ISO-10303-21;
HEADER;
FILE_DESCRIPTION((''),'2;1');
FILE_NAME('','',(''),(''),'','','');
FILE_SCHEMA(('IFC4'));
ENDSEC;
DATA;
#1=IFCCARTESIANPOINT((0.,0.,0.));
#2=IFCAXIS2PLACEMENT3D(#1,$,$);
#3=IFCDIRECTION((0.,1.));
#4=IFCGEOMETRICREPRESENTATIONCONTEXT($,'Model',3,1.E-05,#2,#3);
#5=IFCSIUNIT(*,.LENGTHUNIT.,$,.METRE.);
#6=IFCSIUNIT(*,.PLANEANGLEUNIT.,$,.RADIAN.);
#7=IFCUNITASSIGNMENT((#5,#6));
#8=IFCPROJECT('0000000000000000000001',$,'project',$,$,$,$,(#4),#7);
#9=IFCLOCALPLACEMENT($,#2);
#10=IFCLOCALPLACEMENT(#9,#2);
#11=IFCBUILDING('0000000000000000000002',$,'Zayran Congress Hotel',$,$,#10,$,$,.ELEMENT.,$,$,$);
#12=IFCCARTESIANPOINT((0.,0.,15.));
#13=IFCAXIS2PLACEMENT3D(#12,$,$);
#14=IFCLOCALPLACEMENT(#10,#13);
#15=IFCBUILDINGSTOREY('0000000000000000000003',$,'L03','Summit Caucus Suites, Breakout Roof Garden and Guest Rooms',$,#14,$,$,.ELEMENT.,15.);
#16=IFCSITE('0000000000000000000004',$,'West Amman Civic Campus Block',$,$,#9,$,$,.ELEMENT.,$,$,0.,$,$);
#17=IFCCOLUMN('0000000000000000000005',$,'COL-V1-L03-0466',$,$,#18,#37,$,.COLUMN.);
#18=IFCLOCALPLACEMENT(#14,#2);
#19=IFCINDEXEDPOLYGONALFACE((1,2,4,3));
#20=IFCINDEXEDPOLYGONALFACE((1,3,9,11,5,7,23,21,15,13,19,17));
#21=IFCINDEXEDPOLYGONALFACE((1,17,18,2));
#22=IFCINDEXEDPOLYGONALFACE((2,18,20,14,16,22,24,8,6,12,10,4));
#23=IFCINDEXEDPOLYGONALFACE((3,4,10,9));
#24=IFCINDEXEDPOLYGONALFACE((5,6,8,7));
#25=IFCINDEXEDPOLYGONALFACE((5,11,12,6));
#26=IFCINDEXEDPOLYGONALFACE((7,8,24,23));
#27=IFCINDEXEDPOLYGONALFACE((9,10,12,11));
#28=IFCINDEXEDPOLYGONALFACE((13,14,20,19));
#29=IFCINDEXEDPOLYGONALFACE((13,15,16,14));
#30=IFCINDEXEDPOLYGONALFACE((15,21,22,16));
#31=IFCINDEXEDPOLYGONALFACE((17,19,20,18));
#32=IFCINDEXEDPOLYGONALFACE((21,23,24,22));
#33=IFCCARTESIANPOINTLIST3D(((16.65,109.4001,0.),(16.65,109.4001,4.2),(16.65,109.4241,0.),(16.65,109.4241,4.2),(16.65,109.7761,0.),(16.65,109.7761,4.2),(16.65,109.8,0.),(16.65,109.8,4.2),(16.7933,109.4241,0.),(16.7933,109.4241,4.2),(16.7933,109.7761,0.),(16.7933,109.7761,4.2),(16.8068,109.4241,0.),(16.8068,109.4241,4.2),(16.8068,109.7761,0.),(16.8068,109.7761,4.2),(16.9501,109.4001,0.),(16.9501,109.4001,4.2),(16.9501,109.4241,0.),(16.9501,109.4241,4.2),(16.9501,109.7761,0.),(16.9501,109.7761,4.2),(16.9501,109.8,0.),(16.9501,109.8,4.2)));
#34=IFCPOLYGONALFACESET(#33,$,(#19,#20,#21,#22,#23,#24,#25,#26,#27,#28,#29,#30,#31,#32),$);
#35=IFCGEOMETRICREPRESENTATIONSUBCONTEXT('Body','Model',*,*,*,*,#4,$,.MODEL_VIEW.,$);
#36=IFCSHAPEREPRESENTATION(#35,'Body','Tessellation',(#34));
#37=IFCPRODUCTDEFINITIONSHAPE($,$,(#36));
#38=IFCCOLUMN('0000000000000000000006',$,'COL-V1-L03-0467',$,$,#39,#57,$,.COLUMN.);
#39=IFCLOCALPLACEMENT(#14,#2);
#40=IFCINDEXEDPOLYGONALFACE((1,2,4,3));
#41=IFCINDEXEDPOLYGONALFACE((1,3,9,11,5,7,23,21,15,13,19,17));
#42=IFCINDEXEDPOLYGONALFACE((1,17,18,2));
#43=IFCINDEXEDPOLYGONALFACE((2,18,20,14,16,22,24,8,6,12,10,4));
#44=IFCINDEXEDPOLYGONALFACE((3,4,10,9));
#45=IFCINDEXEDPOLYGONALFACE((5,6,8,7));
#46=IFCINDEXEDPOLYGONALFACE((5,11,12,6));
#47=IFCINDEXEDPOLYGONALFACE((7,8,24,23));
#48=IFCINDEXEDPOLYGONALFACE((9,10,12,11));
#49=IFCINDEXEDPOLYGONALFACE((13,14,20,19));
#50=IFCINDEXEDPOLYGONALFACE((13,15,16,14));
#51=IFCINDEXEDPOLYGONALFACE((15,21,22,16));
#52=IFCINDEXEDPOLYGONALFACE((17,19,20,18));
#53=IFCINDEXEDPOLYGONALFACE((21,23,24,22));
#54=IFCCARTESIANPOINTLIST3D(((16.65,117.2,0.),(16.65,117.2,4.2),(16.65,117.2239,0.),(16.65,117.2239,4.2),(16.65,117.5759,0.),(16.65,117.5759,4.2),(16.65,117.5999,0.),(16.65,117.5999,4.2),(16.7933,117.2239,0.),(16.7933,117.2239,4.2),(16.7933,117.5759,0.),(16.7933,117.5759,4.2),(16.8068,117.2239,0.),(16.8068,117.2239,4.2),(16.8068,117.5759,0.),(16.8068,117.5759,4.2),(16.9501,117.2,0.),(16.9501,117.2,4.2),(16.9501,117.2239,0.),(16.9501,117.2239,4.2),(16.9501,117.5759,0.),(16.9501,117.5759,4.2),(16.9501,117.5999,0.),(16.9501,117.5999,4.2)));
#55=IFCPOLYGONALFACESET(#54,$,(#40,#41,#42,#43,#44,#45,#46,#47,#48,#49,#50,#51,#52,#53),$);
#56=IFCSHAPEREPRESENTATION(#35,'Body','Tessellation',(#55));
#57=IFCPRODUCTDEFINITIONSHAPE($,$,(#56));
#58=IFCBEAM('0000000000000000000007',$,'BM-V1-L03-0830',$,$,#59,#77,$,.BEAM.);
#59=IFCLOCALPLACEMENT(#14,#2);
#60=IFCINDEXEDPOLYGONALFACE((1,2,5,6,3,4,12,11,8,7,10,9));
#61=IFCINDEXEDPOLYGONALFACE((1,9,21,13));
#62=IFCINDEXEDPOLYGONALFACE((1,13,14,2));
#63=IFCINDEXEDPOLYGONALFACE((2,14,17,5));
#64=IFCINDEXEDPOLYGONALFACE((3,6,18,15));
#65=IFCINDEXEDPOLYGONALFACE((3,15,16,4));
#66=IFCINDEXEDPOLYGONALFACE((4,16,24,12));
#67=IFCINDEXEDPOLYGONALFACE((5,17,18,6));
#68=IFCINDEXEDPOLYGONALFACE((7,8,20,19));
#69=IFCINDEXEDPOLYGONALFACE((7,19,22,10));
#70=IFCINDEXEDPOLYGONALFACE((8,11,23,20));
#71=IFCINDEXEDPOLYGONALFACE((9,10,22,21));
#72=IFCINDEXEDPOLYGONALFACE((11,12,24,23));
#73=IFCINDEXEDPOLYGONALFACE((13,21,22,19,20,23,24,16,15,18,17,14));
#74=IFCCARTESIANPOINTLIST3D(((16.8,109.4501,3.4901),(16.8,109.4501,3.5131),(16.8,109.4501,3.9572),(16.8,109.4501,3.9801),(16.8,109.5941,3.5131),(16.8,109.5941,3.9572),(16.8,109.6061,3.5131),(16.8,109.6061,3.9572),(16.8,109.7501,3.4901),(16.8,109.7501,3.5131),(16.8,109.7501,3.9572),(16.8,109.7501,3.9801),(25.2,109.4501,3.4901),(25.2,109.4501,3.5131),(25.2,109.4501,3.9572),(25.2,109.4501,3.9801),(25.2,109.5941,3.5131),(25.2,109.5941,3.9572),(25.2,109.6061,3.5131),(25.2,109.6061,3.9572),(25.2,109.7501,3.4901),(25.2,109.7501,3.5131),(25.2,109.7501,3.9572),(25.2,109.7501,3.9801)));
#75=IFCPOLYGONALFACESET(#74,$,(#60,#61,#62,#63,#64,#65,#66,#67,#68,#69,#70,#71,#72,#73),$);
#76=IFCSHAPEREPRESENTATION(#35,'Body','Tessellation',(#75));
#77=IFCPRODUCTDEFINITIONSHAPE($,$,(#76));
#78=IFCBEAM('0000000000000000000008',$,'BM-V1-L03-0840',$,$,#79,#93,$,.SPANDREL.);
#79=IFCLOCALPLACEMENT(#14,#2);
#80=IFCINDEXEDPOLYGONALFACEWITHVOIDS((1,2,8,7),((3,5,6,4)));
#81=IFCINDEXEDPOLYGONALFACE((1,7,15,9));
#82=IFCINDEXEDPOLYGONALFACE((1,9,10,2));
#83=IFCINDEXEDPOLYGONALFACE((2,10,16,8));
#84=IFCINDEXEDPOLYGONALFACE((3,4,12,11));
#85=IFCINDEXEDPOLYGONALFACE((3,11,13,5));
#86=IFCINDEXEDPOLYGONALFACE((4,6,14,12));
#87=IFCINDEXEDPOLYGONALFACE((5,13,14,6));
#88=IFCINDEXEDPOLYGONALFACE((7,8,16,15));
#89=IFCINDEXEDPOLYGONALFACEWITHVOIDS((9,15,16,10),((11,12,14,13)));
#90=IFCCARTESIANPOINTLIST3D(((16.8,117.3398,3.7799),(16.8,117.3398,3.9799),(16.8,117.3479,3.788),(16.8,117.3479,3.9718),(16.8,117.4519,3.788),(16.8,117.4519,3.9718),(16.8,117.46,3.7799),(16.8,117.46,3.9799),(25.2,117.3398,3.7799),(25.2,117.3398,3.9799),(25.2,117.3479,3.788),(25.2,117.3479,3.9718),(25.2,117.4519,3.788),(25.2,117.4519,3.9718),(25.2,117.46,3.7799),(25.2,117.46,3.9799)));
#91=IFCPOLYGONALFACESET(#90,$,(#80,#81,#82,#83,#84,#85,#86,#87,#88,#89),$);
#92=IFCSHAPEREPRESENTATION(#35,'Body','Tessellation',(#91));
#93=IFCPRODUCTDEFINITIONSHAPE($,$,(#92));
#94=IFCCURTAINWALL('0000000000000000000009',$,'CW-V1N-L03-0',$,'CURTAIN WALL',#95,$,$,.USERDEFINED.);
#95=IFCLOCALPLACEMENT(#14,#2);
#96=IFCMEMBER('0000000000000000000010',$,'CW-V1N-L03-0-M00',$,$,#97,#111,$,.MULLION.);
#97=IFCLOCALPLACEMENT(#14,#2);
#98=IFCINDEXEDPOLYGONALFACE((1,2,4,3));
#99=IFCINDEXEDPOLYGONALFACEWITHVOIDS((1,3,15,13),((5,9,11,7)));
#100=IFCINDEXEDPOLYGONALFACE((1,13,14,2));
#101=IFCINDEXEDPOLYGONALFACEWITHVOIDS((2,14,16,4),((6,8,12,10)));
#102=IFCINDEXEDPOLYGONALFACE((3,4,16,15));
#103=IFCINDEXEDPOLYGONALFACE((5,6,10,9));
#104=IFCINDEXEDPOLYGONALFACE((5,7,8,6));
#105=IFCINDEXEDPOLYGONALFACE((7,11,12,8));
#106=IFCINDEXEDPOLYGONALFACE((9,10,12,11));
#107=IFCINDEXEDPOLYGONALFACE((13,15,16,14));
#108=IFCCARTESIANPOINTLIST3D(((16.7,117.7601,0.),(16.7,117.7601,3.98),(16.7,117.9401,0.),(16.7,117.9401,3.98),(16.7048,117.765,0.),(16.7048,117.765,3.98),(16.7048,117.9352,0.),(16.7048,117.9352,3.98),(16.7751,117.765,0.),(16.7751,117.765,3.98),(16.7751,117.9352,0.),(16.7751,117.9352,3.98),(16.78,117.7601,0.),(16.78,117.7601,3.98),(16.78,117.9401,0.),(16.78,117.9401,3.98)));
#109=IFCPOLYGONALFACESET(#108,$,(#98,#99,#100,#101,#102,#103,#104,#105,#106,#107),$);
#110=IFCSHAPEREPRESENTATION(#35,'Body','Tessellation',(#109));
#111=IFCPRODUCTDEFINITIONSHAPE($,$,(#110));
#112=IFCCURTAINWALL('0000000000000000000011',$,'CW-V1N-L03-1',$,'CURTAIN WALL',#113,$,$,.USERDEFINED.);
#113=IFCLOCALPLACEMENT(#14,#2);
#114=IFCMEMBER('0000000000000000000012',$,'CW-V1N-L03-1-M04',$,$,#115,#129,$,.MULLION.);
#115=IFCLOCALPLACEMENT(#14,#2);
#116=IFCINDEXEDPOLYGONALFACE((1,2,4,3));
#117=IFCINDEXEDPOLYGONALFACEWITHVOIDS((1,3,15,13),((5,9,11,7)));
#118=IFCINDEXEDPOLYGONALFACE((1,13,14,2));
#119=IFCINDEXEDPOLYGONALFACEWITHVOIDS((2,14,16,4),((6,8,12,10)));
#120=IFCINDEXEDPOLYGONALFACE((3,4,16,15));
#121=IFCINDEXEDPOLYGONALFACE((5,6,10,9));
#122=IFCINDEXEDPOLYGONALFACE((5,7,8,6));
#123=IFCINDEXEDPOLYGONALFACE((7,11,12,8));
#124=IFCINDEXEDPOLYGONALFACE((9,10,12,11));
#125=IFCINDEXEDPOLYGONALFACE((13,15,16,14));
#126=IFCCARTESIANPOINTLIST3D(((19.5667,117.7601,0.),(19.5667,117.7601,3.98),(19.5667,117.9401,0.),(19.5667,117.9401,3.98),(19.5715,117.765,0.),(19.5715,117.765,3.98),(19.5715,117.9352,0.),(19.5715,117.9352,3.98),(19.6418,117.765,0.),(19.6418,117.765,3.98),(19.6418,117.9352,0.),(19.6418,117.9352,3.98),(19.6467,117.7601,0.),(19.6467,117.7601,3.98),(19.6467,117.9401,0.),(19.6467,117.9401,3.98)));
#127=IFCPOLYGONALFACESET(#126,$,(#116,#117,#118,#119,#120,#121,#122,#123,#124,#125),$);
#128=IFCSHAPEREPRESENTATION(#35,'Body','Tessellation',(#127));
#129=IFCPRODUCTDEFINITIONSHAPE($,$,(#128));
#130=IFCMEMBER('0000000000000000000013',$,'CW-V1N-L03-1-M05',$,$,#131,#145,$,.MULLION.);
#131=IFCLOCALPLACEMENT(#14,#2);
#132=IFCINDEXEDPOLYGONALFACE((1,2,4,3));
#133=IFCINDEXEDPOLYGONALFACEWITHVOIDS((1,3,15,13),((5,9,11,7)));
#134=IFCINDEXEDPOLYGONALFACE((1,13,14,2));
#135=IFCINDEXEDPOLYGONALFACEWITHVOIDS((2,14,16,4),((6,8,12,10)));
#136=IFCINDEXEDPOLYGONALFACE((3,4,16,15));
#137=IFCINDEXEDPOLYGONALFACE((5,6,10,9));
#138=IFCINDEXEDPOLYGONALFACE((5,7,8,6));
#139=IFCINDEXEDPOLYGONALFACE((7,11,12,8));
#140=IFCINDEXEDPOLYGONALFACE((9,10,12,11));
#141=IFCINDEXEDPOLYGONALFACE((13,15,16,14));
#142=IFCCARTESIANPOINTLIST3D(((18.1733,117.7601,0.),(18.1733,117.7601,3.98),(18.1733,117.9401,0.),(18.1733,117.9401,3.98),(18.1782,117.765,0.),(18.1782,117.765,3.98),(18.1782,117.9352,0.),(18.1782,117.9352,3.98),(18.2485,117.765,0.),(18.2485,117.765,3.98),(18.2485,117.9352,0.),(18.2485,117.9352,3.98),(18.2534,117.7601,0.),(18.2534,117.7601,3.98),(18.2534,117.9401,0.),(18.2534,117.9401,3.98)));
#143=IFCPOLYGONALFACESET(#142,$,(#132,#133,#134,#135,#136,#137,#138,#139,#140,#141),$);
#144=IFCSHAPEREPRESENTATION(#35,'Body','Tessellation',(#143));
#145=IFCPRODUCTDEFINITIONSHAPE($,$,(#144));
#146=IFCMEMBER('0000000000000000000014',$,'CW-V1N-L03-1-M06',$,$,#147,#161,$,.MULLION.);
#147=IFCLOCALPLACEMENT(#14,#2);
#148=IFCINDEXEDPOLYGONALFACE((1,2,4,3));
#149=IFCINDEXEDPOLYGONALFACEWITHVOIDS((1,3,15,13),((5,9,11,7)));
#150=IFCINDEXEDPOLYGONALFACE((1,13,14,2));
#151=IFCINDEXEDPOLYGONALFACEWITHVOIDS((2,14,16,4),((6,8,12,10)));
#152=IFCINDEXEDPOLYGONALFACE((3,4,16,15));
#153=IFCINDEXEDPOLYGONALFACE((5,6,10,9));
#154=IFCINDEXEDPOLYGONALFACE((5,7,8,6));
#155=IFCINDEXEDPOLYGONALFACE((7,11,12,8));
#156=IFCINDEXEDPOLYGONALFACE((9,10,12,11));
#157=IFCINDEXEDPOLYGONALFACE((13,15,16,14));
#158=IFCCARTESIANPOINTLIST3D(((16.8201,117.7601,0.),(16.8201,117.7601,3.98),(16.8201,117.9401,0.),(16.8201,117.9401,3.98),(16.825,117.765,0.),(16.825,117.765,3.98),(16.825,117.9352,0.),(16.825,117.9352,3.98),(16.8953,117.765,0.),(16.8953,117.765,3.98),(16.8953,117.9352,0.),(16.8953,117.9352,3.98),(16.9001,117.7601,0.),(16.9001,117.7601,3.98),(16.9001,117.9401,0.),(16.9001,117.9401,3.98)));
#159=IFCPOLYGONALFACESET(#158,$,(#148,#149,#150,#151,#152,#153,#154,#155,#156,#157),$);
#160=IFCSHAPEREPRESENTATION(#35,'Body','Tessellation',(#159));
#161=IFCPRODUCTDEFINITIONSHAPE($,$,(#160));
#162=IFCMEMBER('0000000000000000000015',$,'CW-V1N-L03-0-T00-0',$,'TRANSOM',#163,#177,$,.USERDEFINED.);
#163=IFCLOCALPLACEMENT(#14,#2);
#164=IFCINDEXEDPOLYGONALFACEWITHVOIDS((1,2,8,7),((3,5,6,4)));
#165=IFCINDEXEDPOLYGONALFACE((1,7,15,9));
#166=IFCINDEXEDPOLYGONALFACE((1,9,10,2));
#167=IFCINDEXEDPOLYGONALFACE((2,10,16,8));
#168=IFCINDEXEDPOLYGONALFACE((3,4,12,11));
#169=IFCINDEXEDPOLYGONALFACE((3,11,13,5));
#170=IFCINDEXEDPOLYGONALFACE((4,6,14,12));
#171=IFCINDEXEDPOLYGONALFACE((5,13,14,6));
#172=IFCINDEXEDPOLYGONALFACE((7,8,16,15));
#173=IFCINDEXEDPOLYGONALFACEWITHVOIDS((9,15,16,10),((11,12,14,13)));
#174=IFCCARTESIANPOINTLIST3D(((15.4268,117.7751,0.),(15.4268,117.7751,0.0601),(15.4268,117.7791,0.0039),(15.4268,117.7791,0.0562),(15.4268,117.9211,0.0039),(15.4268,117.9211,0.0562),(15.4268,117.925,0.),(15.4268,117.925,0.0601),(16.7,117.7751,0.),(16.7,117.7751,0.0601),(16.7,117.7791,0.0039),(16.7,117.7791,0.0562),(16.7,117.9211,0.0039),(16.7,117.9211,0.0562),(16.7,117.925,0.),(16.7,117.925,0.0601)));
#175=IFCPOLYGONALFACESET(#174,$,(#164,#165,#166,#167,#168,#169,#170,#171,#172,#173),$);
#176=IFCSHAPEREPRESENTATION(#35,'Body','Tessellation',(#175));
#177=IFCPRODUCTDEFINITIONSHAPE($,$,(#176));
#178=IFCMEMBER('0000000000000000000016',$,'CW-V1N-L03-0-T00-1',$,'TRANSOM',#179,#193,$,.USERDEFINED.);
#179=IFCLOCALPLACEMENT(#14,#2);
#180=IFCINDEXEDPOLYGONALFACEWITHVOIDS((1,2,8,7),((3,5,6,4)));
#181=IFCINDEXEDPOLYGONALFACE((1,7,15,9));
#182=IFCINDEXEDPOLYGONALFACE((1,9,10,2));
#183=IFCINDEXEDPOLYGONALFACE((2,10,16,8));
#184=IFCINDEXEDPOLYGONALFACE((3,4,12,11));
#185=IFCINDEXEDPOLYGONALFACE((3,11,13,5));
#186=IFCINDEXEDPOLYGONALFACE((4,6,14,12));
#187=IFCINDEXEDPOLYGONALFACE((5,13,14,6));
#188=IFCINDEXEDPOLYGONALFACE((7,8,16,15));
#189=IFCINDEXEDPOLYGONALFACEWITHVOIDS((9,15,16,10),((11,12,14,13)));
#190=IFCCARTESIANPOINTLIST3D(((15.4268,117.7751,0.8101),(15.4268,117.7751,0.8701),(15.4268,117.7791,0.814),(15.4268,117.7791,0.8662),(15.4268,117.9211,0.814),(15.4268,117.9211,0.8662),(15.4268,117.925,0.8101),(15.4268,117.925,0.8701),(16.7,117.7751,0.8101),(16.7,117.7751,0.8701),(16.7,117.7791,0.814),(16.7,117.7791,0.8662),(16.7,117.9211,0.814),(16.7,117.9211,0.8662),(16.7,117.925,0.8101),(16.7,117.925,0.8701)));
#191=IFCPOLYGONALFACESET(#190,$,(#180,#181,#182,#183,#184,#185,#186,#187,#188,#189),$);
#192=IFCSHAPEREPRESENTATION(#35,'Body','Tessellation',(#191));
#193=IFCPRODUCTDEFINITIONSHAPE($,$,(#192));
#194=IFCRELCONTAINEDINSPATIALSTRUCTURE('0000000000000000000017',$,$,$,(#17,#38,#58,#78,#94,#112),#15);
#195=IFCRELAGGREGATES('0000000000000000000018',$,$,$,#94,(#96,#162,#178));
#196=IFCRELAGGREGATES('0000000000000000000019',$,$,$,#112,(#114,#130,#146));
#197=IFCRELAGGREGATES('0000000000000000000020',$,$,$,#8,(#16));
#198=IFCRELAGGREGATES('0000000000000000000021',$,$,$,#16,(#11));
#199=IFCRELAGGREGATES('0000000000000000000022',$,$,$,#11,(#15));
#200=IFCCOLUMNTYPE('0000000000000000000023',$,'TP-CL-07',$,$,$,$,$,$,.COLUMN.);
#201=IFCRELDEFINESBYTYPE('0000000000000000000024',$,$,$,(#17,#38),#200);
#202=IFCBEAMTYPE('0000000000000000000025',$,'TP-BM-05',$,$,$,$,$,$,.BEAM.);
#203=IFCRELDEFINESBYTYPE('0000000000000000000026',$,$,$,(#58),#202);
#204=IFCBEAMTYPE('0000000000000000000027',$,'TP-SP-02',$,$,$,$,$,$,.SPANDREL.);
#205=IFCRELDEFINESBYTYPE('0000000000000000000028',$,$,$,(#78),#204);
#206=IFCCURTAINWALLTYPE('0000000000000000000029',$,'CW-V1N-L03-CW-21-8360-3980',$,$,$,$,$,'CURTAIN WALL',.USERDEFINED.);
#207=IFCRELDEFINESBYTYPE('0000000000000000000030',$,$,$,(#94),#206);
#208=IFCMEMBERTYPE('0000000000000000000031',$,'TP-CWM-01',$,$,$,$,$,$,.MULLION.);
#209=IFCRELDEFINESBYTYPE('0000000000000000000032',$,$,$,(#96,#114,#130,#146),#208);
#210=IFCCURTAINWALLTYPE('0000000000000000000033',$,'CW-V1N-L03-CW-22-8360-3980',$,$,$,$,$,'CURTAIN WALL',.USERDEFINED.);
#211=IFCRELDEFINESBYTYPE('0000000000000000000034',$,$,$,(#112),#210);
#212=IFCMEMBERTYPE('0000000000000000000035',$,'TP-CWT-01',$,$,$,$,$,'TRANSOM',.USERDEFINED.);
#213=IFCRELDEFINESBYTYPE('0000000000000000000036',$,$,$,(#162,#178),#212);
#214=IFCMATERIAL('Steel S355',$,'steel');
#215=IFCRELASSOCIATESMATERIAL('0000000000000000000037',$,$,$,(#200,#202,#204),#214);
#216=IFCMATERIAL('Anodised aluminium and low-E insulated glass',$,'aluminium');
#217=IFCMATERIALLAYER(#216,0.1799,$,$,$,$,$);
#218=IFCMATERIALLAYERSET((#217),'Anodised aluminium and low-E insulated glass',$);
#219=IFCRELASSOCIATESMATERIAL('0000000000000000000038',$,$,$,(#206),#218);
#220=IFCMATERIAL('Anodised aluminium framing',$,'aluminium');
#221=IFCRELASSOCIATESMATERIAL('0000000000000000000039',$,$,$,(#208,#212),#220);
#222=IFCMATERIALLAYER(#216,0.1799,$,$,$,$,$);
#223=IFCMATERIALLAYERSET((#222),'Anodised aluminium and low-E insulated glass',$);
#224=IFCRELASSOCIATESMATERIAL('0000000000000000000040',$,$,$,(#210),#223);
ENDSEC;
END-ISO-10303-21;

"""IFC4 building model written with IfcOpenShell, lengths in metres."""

from ifc_helpers import new_model, si_unit, direction, frame, origin, origin_2d, place, context, subcontext, project, spatial, hollow_rectangle, i_section, extrude, material, layer, layer_set, material_profile, profile_set, type_object, element, aggregate, save


model = new_model("IFC4")

# Units and contexts
model_context = context("Model", 3, precision=1e-05, world=origin(), true_north=direction((0.0, 1.0)))
body_context = subcontext(model_context, "Body", "Model", "MODEL_VIEW")
ifc_project = project(units=[si_unit("LENGTHUNIT", "METRE"), si_unit("PLANEANGLEUNIT", "RADIAN")], contexts=[model_context])

# Site, building, storey
site_placement = place(None, origin())
site = spatial("IfcSite", under=ifc_project, at=site_placement, Name="West Amman Civic Campus Block", CompositionType="ELEMENT", RefElevation=0.0)
building_placement = place(site_placement, origin())
building = spatial("IfcBuilding", under=site, at=building_placement, Name="Zayran Congress Hotel", CompositionType="ELEMENT")
storey_placement = place(building_placement, frame((0.0, 0.0, 15.0)))
storey = spatial("IfcBuildingStorey", under=building, at=storey_placement, Name="L03", Description="Summit Caucus Suites, Breakout Roof Garden and Guest Rooms", CompositionType="ELEMENT", Elevation=15.0)

# Columns
ifc_material_1 = material(Name="Steel S355", Category="steel")
ifc_material_profile_1 = material_profile(ifc_material_1, i_section(OverallWidth=0.3, OverallDepth=0.3999, WebThickness=0.0134, FlangeThickness=0.0239, at=origin_2d()), Name="HEB 400")
ifc_profile_set_1 = profile_set([ifc_material_profile_1], Name="Steel S355")
column_type = type_object("IfcColumnType", Name="TP-CL-07", PredefinedType="COLUMN", material=ifc_profile_set_1)
for number, where, z_axis, x_axis, name in (
    (1, (16.8, 109.6001, 0.0), (0.0, 0.0, 1.0), (1.0, 0.0, 0.0), "COL-V1-L03-0466"),
    (2, (16.8, 117.3999, 0.0), (0.0, 0.0, 1.0), (1.0, 0.0, 0.0), "COL-V1-L03-0467"),
):
    element("IfcColumn", number, at=place(storey_placement, frame(where, z_axis=z_axis, x_axis=x_axis)), inside=storey, type_object=column_type, Name=name, PredefinedType="COLUMN", context=body_context, shape_type="SweptSolid", body=[
        extrude(i_section(OverallWidth=0.3, OverallDepth=0.3999, WebThickness=0.0134, FlangeThickness=0.0239, at=origin_2d()), origin(), (0.0, 0.0, 1.0), 4.2),
    ])

# Beams
ifc_material_profile_2 = material_profile(ifc_material_1, i_section(OverallWidth=0.3, OverallDepth=0.49, WebThickness=0.012, FlangeThickness=0.0229, at=origin_2d()), Name="HEA 500")
ifc_profile_set_2 = profile_set([ifc_material_profile_2], Name="Steel S355")
beam_type_1 = type_object("IfcBeamType", Name="TP-BM-05", PredefinedType="BEAM", material=ifc_profile_set_2)
beam_1_placement = place(storey_placement, frame((16.8, 109.6001, 3.7351), z_axis=(1.0, 0.0, 0.0), x_axis=(0.0, 1.0, 0.0)))
element("IfcBeam", 3, at=beam_1_placement, inside=storey, type_object=beam_type_1, Name="BM-V1-L03-0830", PredefinedType="BEAM", context=body_context, shape_type="SweptSolid", body=[
    extrude(i_section(OverallWidth=0.3, OverallDepth=0.49, WebThickness=0.012, FlangeThickness=0.0229, at=origin_2d()), origin(), (0.0, 0.0, 1.0), 8.3999),
])
ifc_material_profile_3 = material_profile(ifc_material_1, hollow_rectangle(XDim=0.1201, YDim=0.2, WallThickness=0.0081, at=origin_2d()), Name="RHS 200x120x8")
ifc_profile_set_3 = profile_set([ifc_material_profile_3], Name="Steel S355")
beam_type_2 = type_object("IfcBeamType", Name="TP-SP-02", PredefinedType="SPANDREL", material=ifc_profile_set_3)
beam_2_placement = place(storey_placement, frame((16.8, 117.3999, 3.8799), z_axis=(1.0, 0.0, 0.0), x_axis=(0.0, 1.0, 0.0)))
element("IfcBeam", 4, at=beam_2_placement, inside=storey, type_object=beam_type_2, Name="BM-V1-L03-0840", PredefinedType="SPANDREL", context=body_context, shape_type="SweptSolid", body=[
    extrude(hollow_rectangle(XDim=0.1201, YDim=0.2, WallThickness=0.0081, at=origin_2d()), origin(), (0.0, 0.0, 1.0), 8.3999),
])

# Curtain wall, member
ifc_material_2 = material(Name="Anodised aluminium and low-E insulated glass", Category="aluminium")
ifc_layer_1 = layer(ifc_material_2, 0.1799)
ifc_layer_set_1 = layer_set([ifc_layer_1], Name="Anodised aluminium and low-E insulated glass")
curtain_wall_type_1 = type_object("IfcCurtainWallType", Name="CW-V1N-L03-CW-21-8360-3980", ElementType="CURTAIN WALL", PredefinedType="USERDEFINED", material=ifc_layer_set_1)
curtain_wall_1_placement = place(storey_placement, origin())
curtain_wall_1 = element("IfcCurtainWall", 5, at=curtain_wall_1_placement, inside=storey, type_object=curtain_wall_type_1, Name="CW-V1N-L03-0", ObjectType="CURTAIN WALL", PredefinedType="USERDEFINED")
ifc_material_3 = material(Name="Anodised aluminium framing", Category="aluminium")
ifc_material_profile_4 = material_profile(ifc_material_3, hollow_rectangle(XDim=0.0801, YDim=0.1799, WallThickness=0.0049, at=origin_2d()), Name="RHS 180x80x5")
ifc_profile_set_4 = profile_set([ifc_material_profile_4], Name="Anodised aluminium framing")
member_type_1 = type_object("IfcMemberType", Name="TP-CWM-01", PredefinedType="MULLION", material=ifc_profile_set_4)
member_1_placement = place(storey_placement, frame((16.74, 117.8501, 0.0), z_axis=(0.0, 0.0, 1.0), x_axis=(1.0, 0.0, 0.0)))
member_1 = element("IfcMember", 6, at=member_1_placement, type_object=member_type_1, Name="CW-V1N-L03-0-M00", PredefinedType="MULLION", context=body_context, shape_type="SweptSolid", body=[
    extrude(hollow_rectangle(XDim=0.0801, YDim=0.1799, WallThickness=0.0049, at=origin_2d()), origin(), (0.0, 0.0, 1.0), 3.98),
])

# Curtain wall, members
ifc_layer_2 = layer(ifc_material_2, 0.1799)
ifc_layer_set_2 = layer_set([ifc_layer_2], Name="Anodised aluminium and low-E insulated glass")
curtain_wall_type_2 = type_object("IfcCurtainWallType", Name="CW-V1N-L03-CW-22-8360-3980", ElementType="CURTAIN WALL", PredefinedType="USERDEFINED", material=ifc_layer_set_2)
curtain_wall_2_placement = place(storey_placement, origin())
curtain_wall_2 = element("IfcCurtainWall", 7, at=curtain_wall_2_placement, inside=storey, type_object=curtain_wall_type_2, Name="CW-V1N-L03-1", ObjectType="CURTAIN WALL", PredefinedType="USERDEFINED")
member_2_placement = place(storey_placement, frame((19.6067, 117.8501, 0.0), z_axis=(0.0, 0.0, 1.0), x_axis=(1.0, 0.0, 0.0)))
member_2 = element("IfcMember", 8, at=member_2_placement, type_object=member_type_1, Name="CW-V1N-L03-1-M04", PredefinedType="MULLION", context=body_context, shape_type="SweptSolid", body=[
    extrude(hollow_rectangle(XDim=0.0801, YDim=0.1799, WallThickness=0.0049, at=origin_2d()), origin(), (0.0, 0.0, 1.0), 3.98),
])
member_3_placement = place(storey_placement, frame((18.2134, 117.8501, 0.0), z_axis=(0.0, 0.0, 1.0), x_axis=(1.0, 0.0, 0.0)))
member_3 = element("IfcMember", 9, at=member_3_placement, type_object=member_type_1, Name="CW-V1N-L03-1-M05", PredefinedType="MULLION", context=body_context, shape_type="SweptSolid", body=[
    extrude(hollow_rectangle(XDim=0.0801, YDim=0.1799, WallThickness=0.0049, at=origin_2d()), origin(), (0.0, 0.0, 1.0), 3.98),
])
member_4_placement = place(storey_placement, frame((16.8601, 117.8501, 0.0), z_axis=(0.0, 0.0, 1.0), x_axis=(1.0, 0.0, 0.0)))
member_4 = element("IfcMember", 10, at=member_4_placement, type_object=member_type_1, Name="CW-V1N-L03-1-M06", PredefinedType="MULLION", context=body_context, shape_type="SweptSolid", body=[
    extrude(hollow_rectangle(XDim=0.0801, YDim=0.1799, WallThickness=0.0049, at=origin_2d()), origin(), (0.0, 0.0, 1.0), 3.98),
])

# Members
ifc_material_profile_5 = material_profile(ifc_material_3, hollow_rectangle(XDim=0.0601, YDim=0.1499, WallThickness=0.0039, at=origin_2d()), Name="RHS 150x60x4")
ifc_profile_set_5 = profile_set([ifc_material_profile_5], Name="Anodised aluminium framing")
member_type_2 = type_object("IfcMemberType", Name="TP-CWT-01", ElementType="TRANSOM", PredefinedType="USERDEFINED", material=ifc_profile_set_5)
member_5_placement = place(storey_placement, frame((16.7, 117.8501, 0.03), z_axis=(-1.0, 0.0, 0.0), x_axis=(0.0, 0.0, 1.0)))
member_5 = element("IfcMember", 11, at=member_5_placement, type_object=member_type_2, Name="CW-V1N-L03-0-T00-0", ObjectType="TRANSOM", PredefinedType="USERDEFINED", context=body_context, shape_type="SweptSolid", body=[
    extrude(hollow_rectangle(XDim=0.0601, YDim=0.1499, WallThickness=0.0039, at=origin_2d()), origin(), (0.0, 0.0, 1.0), 1.2732),
])
member_6_placement = place(storey_placement, frame((16.7, 117.8501, 0.8401), z_axis=(-1.0, 0.0, 0.0), x_axis=(0.0, 0.0, 1.0)))
member_6 = element("IfcMember", 12, at=member_6_placement, type_object=member_type_2, Name="CW-V1N-L03-0-T00-1", ObjectType="TRANSOM", PredefinedType="USERDEFINED", context=body_context, shape_type="SweptSolid", body=[
    extrude(hollow_rectangle(XDim=0.0601, YDim=0.1499, WallThickness=0.0039, at=origin_2d()), origin(), (0.0, 0.0, 1.0), 1.2732),
])

aggregate(curtain_wall_1, [member_1, member_5, member_6])
aggregate(curtain_wall_2, [member_2, member_3, member_4])

save(model, "model.ifc")
